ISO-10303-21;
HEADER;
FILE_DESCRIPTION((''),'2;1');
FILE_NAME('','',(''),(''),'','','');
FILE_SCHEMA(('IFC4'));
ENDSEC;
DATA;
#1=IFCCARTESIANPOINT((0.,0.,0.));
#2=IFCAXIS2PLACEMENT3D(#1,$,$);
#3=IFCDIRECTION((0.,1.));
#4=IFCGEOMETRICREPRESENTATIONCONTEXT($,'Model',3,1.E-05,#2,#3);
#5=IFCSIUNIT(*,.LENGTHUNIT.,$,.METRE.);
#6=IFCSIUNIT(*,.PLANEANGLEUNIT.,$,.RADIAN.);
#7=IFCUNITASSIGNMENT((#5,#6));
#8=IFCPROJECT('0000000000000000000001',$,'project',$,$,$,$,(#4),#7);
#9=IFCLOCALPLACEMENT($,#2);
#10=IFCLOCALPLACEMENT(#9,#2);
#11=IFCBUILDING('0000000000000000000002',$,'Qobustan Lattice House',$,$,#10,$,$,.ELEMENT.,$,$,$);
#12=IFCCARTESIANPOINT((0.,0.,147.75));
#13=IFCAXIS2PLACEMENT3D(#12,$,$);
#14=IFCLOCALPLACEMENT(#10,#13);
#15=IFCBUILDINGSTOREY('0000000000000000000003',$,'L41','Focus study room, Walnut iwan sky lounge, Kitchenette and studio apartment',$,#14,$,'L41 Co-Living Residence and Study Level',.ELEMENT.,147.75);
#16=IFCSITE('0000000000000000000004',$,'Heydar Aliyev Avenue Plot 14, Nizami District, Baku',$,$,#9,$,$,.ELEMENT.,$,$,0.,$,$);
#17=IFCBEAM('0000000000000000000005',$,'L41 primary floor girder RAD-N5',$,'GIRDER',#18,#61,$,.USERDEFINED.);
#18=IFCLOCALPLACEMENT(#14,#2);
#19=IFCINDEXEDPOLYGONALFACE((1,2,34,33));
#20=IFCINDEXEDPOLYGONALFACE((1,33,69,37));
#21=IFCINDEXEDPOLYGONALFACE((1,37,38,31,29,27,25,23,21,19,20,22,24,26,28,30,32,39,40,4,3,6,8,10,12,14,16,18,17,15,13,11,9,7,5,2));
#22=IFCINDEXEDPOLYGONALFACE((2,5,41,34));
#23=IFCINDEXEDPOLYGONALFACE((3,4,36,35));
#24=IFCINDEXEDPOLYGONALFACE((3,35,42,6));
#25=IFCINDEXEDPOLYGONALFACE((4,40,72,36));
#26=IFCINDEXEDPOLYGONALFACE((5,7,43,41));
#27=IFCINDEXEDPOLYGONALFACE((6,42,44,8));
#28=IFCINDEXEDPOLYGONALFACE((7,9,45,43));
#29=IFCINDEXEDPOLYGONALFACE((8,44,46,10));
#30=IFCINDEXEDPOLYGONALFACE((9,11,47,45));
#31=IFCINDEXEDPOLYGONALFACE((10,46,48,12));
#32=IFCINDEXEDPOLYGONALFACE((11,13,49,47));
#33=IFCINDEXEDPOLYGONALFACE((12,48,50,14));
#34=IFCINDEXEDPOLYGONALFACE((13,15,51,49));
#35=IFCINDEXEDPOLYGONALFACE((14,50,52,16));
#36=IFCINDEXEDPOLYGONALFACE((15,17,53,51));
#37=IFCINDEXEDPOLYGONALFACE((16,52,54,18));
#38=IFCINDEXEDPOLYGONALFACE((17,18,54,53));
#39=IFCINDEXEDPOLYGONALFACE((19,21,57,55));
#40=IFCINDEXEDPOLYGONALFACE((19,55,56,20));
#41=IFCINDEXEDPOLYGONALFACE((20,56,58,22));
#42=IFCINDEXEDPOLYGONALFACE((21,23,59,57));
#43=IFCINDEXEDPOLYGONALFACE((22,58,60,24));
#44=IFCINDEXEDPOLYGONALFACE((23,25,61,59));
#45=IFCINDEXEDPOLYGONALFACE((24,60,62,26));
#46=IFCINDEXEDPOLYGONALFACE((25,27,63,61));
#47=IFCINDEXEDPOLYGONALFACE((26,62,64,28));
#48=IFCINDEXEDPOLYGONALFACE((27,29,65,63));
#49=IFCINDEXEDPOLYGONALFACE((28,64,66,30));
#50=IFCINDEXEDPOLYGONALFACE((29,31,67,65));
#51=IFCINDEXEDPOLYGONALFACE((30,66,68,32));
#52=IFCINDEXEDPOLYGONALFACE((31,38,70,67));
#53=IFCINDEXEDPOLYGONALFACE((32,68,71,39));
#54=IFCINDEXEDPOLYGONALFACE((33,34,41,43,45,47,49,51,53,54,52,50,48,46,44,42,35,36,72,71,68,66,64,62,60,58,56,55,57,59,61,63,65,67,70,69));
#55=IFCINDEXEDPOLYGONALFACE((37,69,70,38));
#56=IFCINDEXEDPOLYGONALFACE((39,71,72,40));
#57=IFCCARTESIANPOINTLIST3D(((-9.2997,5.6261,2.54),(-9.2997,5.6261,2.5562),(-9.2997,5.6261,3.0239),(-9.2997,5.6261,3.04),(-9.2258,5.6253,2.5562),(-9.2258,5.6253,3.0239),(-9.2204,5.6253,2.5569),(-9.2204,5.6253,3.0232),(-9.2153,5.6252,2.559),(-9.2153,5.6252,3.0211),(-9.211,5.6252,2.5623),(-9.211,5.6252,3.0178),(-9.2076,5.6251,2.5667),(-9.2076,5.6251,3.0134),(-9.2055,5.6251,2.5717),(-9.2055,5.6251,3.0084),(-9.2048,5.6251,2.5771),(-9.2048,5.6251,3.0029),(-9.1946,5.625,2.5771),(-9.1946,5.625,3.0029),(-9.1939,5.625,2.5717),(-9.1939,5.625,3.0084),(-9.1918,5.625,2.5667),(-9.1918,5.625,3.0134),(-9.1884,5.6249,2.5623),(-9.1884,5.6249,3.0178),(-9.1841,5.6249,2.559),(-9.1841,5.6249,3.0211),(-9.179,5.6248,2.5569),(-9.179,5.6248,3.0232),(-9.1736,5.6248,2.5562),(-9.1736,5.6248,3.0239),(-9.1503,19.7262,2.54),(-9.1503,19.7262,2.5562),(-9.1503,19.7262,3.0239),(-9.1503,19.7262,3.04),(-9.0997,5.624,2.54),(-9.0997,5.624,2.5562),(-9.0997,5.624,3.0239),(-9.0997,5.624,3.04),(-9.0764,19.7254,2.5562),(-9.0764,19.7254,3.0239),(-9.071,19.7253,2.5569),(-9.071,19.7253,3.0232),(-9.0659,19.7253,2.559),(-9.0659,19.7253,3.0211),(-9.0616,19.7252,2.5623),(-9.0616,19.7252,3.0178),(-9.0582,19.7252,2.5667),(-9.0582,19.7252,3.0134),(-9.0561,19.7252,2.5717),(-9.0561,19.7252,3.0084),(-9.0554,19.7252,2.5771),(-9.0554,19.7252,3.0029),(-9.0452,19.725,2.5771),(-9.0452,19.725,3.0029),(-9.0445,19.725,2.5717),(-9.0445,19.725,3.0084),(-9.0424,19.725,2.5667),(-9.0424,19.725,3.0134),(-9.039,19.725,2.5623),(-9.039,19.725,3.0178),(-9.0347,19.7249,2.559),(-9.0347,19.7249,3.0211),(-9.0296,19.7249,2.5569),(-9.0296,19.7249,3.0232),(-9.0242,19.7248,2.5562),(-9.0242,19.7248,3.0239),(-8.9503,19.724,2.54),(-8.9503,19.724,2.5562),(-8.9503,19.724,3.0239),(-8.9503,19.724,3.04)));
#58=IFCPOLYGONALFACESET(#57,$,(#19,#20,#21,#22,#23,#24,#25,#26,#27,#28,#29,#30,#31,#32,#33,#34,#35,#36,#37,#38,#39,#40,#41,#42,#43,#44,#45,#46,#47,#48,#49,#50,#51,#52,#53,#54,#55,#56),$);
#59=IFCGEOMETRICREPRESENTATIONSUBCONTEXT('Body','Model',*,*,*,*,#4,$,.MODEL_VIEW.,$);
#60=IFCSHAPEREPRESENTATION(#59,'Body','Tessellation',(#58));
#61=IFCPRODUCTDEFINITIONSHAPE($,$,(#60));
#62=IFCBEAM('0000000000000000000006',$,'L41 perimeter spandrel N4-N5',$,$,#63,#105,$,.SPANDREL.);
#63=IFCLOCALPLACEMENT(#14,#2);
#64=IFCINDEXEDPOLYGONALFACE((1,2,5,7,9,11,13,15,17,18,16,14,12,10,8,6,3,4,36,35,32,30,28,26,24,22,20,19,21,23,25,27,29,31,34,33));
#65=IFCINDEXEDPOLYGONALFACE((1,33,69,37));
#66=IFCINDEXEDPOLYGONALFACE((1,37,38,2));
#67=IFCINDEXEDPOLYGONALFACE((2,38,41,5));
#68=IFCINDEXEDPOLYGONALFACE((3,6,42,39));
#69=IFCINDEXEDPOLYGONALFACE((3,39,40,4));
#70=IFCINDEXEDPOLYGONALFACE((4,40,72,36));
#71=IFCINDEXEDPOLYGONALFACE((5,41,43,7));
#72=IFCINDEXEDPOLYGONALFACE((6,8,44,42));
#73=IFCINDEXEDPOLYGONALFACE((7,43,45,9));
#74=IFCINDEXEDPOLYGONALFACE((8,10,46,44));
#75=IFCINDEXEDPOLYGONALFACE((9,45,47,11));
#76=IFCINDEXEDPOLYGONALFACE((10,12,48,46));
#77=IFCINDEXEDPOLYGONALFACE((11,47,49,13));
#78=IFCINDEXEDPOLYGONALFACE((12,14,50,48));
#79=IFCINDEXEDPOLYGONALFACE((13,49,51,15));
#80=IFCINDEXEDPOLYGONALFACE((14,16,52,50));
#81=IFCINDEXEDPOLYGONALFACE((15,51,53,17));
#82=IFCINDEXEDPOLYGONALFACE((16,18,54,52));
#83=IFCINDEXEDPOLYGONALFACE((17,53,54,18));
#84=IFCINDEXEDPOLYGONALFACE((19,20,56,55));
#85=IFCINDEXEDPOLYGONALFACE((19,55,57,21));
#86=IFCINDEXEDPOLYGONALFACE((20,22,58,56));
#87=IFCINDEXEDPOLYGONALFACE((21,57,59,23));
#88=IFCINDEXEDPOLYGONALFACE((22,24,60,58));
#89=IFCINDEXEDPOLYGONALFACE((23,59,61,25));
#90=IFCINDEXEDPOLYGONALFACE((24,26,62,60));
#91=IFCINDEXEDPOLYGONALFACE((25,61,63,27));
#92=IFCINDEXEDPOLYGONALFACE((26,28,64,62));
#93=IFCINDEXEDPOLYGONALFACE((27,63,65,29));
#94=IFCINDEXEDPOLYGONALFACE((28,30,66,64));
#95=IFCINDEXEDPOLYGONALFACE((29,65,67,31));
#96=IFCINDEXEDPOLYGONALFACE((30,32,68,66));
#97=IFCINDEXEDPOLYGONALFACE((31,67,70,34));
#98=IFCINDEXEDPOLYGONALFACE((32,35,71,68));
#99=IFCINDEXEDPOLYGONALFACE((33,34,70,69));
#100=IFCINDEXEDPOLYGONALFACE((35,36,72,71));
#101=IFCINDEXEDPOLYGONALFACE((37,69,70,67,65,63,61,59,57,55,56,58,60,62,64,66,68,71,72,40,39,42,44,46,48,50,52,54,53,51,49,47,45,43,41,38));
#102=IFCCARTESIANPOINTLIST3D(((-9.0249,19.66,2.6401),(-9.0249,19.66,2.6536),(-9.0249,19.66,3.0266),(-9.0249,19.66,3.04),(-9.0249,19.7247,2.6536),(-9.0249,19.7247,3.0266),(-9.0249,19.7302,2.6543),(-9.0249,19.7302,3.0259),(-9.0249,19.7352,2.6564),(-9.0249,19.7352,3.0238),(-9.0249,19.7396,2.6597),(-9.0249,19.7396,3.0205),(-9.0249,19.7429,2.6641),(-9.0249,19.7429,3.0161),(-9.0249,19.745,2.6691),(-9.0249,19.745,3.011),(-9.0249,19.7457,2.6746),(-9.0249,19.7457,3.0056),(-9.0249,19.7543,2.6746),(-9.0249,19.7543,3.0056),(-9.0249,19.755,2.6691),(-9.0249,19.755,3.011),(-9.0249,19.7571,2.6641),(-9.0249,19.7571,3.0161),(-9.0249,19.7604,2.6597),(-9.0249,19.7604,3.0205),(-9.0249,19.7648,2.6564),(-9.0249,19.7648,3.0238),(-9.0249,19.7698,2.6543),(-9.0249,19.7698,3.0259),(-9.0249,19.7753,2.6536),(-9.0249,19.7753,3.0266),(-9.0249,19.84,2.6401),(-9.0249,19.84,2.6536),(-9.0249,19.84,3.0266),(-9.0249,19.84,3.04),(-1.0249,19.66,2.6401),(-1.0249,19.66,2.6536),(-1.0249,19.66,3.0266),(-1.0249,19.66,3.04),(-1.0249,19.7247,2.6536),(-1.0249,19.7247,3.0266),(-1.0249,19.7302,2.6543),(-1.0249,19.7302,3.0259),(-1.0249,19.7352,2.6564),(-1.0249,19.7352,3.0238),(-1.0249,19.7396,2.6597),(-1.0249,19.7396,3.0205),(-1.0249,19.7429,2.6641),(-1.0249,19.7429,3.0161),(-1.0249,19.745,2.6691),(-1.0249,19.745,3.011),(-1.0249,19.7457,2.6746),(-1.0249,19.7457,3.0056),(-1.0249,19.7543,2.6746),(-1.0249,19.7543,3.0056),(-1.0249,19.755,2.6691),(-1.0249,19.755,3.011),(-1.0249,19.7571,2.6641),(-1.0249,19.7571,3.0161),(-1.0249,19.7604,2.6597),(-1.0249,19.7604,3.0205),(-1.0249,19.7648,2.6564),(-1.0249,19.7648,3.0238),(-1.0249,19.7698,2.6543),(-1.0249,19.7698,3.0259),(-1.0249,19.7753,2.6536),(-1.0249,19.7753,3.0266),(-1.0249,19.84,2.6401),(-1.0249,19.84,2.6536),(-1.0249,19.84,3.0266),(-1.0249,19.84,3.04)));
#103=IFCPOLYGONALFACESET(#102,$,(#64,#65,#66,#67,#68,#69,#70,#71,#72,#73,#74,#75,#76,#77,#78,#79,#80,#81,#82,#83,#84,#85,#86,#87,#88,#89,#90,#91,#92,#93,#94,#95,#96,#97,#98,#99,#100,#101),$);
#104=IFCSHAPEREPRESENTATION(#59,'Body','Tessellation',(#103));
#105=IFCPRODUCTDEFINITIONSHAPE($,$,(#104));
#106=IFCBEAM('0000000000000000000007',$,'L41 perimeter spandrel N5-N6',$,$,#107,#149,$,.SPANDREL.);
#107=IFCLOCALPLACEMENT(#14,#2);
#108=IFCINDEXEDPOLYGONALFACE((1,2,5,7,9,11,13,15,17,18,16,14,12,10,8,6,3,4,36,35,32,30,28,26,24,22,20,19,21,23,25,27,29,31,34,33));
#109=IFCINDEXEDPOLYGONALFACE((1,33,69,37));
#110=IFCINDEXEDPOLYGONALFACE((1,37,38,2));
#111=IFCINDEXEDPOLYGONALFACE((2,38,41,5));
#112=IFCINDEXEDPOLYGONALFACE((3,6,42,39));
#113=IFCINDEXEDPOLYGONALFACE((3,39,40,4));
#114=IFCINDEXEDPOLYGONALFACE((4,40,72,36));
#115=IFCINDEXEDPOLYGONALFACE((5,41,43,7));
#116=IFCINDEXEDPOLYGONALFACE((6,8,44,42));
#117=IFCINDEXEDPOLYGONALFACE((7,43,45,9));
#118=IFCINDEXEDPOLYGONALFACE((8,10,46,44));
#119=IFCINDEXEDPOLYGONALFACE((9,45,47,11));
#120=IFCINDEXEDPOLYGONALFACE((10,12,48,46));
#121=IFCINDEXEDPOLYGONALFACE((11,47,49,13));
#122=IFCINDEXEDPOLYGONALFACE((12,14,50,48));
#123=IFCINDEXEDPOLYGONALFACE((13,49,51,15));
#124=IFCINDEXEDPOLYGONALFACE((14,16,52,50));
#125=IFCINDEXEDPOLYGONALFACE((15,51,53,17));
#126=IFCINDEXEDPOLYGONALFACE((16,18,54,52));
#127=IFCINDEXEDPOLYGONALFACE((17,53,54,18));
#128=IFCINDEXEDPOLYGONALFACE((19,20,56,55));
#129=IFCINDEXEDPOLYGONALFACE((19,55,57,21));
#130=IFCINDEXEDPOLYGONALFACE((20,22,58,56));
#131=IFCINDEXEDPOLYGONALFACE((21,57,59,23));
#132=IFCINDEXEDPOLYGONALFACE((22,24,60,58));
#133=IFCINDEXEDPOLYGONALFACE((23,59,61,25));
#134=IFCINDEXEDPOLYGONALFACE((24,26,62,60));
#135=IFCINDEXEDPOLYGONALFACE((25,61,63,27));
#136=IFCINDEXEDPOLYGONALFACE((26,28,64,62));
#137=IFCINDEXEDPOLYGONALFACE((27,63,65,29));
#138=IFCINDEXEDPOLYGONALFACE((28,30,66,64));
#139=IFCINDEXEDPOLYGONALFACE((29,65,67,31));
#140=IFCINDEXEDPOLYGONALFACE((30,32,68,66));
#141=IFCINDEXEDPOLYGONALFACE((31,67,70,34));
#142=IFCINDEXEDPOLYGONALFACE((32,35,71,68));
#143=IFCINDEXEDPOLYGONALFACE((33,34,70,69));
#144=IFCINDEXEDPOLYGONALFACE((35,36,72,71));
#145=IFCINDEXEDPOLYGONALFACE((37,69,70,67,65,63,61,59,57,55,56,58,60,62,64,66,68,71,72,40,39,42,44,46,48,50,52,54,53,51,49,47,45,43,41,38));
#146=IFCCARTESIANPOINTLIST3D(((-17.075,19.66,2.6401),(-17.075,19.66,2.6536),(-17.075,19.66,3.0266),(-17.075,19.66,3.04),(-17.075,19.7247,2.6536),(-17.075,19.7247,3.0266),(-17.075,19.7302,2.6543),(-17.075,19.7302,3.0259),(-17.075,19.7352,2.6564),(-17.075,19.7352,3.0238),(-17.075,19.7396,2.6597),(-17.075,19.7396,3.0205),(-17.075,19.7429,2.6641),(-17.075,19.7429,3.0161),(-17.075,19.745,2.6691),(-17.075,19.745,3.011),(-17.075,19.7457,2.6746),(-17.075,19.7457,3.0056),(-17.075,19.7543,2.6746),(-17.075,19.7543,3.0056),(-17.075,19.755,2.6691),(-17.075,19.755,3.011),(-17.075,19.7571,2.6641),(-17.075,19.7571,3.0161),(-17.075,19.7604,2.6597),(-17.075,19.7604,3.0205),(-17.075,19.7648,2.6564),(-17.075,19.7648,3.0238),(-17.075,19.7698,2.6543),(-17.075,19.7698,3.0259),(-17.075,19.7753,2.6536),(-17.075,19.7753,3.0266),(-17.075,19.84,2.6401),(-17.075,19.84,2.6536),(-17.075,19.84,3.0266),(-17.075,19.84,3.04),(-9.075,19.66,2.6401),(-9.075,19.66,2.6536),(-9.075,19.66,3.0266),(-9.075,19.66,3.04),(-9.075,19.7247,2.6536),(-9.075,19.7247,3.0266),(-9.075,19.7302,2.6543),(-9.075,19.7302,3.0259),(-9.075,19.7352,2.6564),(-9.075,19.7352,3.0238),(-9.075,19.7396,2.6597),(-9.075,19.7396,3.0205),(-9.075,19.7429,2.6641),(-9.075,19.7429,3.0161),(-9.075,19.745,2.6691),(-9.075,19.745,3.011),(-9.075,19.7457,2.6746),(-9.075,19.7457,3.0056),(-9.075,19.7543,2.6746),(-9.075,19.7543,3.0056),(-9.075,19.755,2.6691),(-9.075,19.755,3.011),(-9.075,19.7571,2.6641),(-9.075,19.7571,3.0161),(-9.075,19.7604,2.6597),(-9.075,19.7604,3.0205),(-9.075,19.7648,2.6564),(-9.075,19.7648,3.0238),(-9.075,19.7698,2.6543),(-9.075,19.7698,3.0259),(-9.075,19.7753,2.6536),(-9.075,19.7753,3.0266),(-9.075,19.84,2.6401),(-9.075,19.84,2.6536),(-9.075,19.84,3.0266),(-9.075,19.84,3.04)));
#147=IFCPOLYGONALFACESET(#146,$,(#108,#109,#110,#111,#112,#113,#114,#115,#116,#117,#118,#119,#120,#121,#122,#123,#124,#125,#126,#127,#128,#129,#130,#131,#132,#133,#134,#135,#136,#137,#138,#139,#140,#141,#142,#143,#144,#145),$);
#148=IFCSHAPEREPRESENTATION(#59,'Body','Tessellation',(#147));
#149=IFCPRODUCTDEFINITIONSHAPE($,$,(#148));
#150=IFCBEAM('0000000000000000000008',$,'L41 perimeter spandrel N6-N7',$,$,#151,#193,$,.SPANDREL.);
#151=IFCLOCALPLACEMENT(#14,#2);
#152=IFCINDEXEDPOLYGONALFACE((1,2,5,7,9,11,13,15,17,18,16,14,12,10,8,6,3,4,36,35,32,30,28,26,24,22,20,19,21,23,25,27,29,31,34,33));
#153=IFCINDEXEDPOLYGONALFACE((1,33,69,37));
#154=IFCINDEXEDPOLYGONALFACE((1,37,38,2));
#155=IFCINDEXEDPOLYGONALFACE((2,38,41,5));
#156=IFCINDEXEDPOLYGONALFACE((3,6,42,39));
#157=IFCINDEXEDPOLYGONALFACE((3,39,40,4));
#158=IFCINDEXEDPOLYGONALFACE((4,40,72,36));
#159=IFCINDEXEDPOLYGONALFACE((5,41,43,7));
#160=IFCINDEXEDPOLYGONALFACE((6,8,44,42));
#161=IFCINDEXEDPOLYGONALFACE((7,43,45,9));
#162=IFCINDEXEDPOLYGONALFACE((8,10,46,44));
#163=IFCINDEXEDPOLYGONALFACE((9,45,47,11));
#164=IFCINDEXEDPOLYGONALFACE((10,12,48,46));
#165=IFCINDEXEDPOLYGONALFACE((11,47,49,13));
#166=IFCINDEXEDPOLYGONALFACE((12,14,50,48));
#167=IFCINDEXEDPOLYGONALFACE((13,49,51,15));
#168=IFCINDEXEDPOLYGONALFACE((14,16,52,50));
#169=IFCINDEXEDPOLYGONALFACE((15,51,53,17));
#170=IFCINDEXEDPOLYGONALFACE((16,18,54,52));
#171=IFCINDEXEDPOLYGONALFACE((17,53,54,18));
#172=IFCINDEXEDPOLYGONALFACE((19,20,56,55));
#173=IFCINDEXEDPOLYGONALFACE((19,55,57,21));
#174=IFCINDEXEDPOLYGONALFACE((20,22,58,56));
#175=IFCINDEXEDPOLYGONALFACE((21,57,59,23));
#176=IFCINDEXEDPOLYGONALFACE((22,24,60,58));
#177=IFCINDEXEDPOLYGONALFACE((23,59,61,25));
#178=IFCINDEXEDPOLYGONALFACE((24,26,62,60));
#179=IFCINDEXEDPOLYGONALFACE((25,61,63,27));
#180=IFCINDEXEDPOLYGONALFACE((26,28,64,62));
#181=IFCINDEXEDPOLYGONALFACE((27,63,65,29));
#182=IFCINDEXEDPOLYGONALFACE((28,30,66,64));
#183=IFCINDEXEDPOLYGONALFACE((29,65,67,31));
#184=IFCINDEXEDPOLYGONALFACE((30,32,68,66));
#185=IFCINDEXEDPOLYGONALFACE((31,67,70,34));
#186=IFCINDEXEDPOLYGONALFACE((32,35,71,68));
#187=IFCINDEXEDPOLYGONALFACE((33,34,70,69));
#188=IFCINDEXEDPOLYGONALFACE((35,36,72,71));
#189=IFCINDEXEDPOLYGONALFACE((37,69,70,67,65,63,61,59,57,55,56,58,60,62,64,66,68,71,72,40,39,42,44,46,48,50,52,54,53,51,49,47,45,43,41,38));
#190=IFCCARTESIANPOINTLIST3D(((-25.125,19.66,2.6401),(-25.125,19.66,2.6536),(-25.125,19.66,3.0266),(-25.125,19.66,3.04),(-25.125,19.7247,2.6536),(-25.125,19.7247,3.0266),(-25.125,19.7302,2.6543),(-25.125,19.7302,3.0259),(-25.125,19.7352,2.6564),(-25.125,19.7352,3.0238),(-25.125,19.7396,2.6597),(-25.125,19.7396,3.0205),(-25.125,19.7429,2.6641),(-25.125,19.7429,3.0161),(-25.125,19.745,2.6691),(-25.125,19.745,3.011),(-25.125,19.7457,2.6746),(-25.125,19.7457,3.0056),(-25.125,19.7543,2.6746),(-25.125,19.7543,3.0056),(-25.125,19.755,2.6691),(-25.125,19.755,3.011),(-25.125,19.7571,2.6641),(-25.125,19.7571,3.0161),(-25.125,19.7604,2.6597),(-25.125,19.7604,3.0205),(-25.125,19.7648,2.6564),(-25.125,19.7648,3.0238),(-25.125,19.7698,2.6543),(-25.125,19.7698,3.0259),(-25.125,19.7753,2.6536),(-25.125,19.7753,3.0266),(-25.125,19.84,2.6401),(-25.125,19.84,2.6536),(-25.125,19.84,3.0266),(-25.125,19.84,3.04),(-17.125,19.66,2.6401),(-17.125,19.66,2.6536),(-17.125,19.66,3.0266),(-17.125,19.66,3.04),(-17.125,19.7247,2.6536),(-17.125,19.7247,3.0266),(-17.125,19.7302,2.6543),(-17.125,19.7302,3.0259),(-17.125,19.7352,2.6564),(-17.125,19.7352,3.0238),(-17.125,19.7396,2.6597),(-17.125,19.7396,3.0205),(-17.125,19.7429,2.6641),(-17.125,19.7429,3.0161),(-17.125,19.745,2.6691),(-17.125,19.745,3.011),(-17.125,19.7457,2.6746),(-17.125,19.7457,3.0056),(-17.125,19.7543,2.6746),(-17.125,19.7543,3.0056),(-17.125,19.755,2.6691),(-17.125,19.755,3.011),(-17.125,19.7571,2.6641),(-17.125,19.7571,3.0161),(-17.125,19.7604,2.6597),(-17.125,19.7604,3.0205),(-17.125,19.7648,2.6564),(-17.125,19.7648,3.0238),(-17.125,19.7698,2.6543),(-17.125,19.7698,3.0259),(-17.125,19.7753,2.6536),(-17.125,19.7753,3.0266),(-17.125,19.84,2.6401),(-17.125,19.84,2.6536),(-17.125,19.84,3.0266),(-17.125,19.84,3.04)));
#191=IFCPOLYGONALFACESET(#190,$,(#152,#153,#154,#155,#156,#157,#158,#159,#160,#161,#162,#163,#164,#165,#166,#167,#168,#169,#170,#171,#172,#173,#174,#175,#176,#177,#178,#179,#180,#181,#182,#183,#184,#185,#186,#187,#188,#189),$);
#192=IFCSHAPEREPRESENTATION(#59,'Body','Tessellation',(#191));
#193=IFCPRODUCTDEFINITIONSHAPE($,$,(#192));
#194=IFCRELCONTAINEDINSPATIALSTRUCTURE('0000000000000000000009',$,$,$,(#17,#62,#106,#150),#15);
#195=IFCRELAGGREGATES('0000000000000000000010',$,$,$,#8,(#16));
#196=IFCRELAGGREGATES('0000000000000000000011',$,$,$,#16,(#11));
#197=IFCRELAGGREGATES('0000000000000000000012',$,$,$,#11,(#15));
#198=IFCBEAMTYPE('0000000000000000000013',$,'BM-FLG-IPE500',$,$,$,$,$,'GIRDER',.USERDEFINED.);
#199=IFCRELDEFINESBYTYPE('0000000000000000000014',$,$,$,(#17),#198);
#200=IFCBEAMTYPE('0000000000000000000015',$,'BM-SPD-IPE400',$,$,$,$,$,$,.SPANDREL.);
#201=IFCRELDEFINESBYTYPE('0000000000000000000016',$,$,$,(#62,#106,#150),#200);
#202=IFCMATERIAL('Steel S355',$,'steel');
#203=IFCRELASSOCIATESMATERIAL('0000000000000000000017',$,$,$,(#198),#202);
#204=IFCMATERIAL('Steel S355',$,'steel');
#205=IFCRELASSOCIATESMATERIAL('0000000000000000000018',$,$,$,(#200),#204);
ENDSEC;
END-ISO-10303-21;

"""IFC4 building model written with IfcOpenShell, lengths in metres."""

from ifc_helpers import new_model, si_unit, direction, frame, origin, origin_2d, place, context, subcontext, project, spatial, i_section, extrude, material, material_profile, profile_set, type_object, element, save


model = new_model("IFC4")

# Units and contexts
model_context = context("Model", 3, precision=1e-05, world=origin(), true_north=direction((0.0, 1.0)))
body_context = subcontext(model_context, "Body", "Model", "MODEL_VIEW")
ifc_project = project(units=[si_unit("LENGTHUNIT", "METRE"), si_unit("PLANEANGLEUNIT", "RADIAN")], contexts=[model_context])

# Site, building, storey
site_placement = place(None, origin())
site = spatial("IfcSite", under=ifc_project, at=site_placement, Name="Heydar Aliyev Avenue Plot 14, Nizami District, Baku", CompositionType="ELEMENT", RefElevation=0.0)
building_placement = place(site_placement, origin())
building = spatial("IfcBuilding", under=site, at=building_placement, Name="Qobustan Lattice House", CompositionType="ELEMENT")
storey_placement = place(building_placement, frame((0.0, 0.0, 147.75)))
storey = spatial("IfcBuildingStorey", under=building, at=storey_placement, Name="L41", Description="Focus study room, Walnut iwan sky lounge, Kitchenette and studio apartment", LongName="L41 Co-Living Residence and Study Level", CompositionType="ELEMENT", Elevation=147.75)

# Beams
ifc_material_1 = material(Name="Steel S355", Category="steel")
ifc_material_profile_1 = material_profile(ifc_material_1, i_section(OverallWidth=0.2, OverallDepth=0.5, WebThickness=0.0103, FlangeThickness=0.0161, FilletRadius=0.021, at=origin_2d()), Name="IPE500")
ifc_profile_set_1 = profile_set([ifc_material_profile_1], Name="Steel S355")
beam_type_1 = type_object("IfcBeamType", Name="BM-FLG-IPE500", ElementType="GIRDER", PredefinedType="USERDEFINED", material=ifc_profile_set_1)
beam_1_placement = place(storey_placement, frame((-9.0503, 19.7251, 2.79), z_axis=(-0.010596, -0.999944, 0.0), x_axis=(0.999944, -0.010596, 0.0)))
element("IfcBeam", 1, at=beam_1_placement, inside=storey, type_object=beam_type_1, Name="L41 primary floor girder RAD-N5", ObjectType="GIRDER", PredefinedType="USERDEFINED", context=body_context, shape_type="SweptSolid", body=[
    extrude(i_section(OverallWidth=0.2, OverallDepth=0.5, WebThickness=0.0103, FlangeThickness=0.0161, FilletRadius=0.021, at=origin_2d()), origin(), (0.0, 0.0, 1.0), 14.1008),
])
ifc_material_2 = material(Name="Steel S355", Category="steel")
ifc_material_profile_2 = material_profile(ifc_material_2, i_section(OverallWidth=0.1799, OverallDepth=0.3999, WebThickness=0.0085, FlangeThickness=0.0134, FilletRadius=0.021, at=origin_2d()), Name="IPE400")
ifc_profile_set_2 = profile_set([ifc_material_profile_2], Name="Steel S355")
beam_type_2 = type_object("IfcBeamType", Name="BM-SPD-IPE400", PredefinedType="SPANDREL", material=ifc_profile_set_2)
for number, where, z_axis, x_axis, name in (
    (2, (-1.0249, 19.75, 2.8401), (-1.0, 0.0, 0.0), (0.0, -1.0, 0.0), "L41 perimeter spandrel N4-N5"),
    (3, (-9.075, 19.75, 2.8401), (-1.0, 0.0, 0.0), (0.0, -1.0, 0.0), "L41 perimeter spandrel N5-N6"),
    (4, (-17.125, 19.75, 2.8401), (-1.0, 0.0, 0.0), (0.0, -1.0, 0.0), "L41 perimeter spandrel N6-N7"),
):
    element("IfcBeam", number, at=place(storey_placement, frame(where, z_axis=z_axis, x_axis=x_axis)), inside=storey, type_object=beam_type_2, Name=name, PredefinedType="SPANDREL", context=body_context, shape_type="SweptSolid", body=[
        extrude(i_section(OverallWidth=0.1799, OverallDepth=0.3999, WebThickness=0.0085, FlangeThickness=0.0134, FilletRadius=0.021, at=origin_2d()), origin(), (0.0, 0.0, 1.0), 8.0),
    ])

save(model, "model.ifc")
